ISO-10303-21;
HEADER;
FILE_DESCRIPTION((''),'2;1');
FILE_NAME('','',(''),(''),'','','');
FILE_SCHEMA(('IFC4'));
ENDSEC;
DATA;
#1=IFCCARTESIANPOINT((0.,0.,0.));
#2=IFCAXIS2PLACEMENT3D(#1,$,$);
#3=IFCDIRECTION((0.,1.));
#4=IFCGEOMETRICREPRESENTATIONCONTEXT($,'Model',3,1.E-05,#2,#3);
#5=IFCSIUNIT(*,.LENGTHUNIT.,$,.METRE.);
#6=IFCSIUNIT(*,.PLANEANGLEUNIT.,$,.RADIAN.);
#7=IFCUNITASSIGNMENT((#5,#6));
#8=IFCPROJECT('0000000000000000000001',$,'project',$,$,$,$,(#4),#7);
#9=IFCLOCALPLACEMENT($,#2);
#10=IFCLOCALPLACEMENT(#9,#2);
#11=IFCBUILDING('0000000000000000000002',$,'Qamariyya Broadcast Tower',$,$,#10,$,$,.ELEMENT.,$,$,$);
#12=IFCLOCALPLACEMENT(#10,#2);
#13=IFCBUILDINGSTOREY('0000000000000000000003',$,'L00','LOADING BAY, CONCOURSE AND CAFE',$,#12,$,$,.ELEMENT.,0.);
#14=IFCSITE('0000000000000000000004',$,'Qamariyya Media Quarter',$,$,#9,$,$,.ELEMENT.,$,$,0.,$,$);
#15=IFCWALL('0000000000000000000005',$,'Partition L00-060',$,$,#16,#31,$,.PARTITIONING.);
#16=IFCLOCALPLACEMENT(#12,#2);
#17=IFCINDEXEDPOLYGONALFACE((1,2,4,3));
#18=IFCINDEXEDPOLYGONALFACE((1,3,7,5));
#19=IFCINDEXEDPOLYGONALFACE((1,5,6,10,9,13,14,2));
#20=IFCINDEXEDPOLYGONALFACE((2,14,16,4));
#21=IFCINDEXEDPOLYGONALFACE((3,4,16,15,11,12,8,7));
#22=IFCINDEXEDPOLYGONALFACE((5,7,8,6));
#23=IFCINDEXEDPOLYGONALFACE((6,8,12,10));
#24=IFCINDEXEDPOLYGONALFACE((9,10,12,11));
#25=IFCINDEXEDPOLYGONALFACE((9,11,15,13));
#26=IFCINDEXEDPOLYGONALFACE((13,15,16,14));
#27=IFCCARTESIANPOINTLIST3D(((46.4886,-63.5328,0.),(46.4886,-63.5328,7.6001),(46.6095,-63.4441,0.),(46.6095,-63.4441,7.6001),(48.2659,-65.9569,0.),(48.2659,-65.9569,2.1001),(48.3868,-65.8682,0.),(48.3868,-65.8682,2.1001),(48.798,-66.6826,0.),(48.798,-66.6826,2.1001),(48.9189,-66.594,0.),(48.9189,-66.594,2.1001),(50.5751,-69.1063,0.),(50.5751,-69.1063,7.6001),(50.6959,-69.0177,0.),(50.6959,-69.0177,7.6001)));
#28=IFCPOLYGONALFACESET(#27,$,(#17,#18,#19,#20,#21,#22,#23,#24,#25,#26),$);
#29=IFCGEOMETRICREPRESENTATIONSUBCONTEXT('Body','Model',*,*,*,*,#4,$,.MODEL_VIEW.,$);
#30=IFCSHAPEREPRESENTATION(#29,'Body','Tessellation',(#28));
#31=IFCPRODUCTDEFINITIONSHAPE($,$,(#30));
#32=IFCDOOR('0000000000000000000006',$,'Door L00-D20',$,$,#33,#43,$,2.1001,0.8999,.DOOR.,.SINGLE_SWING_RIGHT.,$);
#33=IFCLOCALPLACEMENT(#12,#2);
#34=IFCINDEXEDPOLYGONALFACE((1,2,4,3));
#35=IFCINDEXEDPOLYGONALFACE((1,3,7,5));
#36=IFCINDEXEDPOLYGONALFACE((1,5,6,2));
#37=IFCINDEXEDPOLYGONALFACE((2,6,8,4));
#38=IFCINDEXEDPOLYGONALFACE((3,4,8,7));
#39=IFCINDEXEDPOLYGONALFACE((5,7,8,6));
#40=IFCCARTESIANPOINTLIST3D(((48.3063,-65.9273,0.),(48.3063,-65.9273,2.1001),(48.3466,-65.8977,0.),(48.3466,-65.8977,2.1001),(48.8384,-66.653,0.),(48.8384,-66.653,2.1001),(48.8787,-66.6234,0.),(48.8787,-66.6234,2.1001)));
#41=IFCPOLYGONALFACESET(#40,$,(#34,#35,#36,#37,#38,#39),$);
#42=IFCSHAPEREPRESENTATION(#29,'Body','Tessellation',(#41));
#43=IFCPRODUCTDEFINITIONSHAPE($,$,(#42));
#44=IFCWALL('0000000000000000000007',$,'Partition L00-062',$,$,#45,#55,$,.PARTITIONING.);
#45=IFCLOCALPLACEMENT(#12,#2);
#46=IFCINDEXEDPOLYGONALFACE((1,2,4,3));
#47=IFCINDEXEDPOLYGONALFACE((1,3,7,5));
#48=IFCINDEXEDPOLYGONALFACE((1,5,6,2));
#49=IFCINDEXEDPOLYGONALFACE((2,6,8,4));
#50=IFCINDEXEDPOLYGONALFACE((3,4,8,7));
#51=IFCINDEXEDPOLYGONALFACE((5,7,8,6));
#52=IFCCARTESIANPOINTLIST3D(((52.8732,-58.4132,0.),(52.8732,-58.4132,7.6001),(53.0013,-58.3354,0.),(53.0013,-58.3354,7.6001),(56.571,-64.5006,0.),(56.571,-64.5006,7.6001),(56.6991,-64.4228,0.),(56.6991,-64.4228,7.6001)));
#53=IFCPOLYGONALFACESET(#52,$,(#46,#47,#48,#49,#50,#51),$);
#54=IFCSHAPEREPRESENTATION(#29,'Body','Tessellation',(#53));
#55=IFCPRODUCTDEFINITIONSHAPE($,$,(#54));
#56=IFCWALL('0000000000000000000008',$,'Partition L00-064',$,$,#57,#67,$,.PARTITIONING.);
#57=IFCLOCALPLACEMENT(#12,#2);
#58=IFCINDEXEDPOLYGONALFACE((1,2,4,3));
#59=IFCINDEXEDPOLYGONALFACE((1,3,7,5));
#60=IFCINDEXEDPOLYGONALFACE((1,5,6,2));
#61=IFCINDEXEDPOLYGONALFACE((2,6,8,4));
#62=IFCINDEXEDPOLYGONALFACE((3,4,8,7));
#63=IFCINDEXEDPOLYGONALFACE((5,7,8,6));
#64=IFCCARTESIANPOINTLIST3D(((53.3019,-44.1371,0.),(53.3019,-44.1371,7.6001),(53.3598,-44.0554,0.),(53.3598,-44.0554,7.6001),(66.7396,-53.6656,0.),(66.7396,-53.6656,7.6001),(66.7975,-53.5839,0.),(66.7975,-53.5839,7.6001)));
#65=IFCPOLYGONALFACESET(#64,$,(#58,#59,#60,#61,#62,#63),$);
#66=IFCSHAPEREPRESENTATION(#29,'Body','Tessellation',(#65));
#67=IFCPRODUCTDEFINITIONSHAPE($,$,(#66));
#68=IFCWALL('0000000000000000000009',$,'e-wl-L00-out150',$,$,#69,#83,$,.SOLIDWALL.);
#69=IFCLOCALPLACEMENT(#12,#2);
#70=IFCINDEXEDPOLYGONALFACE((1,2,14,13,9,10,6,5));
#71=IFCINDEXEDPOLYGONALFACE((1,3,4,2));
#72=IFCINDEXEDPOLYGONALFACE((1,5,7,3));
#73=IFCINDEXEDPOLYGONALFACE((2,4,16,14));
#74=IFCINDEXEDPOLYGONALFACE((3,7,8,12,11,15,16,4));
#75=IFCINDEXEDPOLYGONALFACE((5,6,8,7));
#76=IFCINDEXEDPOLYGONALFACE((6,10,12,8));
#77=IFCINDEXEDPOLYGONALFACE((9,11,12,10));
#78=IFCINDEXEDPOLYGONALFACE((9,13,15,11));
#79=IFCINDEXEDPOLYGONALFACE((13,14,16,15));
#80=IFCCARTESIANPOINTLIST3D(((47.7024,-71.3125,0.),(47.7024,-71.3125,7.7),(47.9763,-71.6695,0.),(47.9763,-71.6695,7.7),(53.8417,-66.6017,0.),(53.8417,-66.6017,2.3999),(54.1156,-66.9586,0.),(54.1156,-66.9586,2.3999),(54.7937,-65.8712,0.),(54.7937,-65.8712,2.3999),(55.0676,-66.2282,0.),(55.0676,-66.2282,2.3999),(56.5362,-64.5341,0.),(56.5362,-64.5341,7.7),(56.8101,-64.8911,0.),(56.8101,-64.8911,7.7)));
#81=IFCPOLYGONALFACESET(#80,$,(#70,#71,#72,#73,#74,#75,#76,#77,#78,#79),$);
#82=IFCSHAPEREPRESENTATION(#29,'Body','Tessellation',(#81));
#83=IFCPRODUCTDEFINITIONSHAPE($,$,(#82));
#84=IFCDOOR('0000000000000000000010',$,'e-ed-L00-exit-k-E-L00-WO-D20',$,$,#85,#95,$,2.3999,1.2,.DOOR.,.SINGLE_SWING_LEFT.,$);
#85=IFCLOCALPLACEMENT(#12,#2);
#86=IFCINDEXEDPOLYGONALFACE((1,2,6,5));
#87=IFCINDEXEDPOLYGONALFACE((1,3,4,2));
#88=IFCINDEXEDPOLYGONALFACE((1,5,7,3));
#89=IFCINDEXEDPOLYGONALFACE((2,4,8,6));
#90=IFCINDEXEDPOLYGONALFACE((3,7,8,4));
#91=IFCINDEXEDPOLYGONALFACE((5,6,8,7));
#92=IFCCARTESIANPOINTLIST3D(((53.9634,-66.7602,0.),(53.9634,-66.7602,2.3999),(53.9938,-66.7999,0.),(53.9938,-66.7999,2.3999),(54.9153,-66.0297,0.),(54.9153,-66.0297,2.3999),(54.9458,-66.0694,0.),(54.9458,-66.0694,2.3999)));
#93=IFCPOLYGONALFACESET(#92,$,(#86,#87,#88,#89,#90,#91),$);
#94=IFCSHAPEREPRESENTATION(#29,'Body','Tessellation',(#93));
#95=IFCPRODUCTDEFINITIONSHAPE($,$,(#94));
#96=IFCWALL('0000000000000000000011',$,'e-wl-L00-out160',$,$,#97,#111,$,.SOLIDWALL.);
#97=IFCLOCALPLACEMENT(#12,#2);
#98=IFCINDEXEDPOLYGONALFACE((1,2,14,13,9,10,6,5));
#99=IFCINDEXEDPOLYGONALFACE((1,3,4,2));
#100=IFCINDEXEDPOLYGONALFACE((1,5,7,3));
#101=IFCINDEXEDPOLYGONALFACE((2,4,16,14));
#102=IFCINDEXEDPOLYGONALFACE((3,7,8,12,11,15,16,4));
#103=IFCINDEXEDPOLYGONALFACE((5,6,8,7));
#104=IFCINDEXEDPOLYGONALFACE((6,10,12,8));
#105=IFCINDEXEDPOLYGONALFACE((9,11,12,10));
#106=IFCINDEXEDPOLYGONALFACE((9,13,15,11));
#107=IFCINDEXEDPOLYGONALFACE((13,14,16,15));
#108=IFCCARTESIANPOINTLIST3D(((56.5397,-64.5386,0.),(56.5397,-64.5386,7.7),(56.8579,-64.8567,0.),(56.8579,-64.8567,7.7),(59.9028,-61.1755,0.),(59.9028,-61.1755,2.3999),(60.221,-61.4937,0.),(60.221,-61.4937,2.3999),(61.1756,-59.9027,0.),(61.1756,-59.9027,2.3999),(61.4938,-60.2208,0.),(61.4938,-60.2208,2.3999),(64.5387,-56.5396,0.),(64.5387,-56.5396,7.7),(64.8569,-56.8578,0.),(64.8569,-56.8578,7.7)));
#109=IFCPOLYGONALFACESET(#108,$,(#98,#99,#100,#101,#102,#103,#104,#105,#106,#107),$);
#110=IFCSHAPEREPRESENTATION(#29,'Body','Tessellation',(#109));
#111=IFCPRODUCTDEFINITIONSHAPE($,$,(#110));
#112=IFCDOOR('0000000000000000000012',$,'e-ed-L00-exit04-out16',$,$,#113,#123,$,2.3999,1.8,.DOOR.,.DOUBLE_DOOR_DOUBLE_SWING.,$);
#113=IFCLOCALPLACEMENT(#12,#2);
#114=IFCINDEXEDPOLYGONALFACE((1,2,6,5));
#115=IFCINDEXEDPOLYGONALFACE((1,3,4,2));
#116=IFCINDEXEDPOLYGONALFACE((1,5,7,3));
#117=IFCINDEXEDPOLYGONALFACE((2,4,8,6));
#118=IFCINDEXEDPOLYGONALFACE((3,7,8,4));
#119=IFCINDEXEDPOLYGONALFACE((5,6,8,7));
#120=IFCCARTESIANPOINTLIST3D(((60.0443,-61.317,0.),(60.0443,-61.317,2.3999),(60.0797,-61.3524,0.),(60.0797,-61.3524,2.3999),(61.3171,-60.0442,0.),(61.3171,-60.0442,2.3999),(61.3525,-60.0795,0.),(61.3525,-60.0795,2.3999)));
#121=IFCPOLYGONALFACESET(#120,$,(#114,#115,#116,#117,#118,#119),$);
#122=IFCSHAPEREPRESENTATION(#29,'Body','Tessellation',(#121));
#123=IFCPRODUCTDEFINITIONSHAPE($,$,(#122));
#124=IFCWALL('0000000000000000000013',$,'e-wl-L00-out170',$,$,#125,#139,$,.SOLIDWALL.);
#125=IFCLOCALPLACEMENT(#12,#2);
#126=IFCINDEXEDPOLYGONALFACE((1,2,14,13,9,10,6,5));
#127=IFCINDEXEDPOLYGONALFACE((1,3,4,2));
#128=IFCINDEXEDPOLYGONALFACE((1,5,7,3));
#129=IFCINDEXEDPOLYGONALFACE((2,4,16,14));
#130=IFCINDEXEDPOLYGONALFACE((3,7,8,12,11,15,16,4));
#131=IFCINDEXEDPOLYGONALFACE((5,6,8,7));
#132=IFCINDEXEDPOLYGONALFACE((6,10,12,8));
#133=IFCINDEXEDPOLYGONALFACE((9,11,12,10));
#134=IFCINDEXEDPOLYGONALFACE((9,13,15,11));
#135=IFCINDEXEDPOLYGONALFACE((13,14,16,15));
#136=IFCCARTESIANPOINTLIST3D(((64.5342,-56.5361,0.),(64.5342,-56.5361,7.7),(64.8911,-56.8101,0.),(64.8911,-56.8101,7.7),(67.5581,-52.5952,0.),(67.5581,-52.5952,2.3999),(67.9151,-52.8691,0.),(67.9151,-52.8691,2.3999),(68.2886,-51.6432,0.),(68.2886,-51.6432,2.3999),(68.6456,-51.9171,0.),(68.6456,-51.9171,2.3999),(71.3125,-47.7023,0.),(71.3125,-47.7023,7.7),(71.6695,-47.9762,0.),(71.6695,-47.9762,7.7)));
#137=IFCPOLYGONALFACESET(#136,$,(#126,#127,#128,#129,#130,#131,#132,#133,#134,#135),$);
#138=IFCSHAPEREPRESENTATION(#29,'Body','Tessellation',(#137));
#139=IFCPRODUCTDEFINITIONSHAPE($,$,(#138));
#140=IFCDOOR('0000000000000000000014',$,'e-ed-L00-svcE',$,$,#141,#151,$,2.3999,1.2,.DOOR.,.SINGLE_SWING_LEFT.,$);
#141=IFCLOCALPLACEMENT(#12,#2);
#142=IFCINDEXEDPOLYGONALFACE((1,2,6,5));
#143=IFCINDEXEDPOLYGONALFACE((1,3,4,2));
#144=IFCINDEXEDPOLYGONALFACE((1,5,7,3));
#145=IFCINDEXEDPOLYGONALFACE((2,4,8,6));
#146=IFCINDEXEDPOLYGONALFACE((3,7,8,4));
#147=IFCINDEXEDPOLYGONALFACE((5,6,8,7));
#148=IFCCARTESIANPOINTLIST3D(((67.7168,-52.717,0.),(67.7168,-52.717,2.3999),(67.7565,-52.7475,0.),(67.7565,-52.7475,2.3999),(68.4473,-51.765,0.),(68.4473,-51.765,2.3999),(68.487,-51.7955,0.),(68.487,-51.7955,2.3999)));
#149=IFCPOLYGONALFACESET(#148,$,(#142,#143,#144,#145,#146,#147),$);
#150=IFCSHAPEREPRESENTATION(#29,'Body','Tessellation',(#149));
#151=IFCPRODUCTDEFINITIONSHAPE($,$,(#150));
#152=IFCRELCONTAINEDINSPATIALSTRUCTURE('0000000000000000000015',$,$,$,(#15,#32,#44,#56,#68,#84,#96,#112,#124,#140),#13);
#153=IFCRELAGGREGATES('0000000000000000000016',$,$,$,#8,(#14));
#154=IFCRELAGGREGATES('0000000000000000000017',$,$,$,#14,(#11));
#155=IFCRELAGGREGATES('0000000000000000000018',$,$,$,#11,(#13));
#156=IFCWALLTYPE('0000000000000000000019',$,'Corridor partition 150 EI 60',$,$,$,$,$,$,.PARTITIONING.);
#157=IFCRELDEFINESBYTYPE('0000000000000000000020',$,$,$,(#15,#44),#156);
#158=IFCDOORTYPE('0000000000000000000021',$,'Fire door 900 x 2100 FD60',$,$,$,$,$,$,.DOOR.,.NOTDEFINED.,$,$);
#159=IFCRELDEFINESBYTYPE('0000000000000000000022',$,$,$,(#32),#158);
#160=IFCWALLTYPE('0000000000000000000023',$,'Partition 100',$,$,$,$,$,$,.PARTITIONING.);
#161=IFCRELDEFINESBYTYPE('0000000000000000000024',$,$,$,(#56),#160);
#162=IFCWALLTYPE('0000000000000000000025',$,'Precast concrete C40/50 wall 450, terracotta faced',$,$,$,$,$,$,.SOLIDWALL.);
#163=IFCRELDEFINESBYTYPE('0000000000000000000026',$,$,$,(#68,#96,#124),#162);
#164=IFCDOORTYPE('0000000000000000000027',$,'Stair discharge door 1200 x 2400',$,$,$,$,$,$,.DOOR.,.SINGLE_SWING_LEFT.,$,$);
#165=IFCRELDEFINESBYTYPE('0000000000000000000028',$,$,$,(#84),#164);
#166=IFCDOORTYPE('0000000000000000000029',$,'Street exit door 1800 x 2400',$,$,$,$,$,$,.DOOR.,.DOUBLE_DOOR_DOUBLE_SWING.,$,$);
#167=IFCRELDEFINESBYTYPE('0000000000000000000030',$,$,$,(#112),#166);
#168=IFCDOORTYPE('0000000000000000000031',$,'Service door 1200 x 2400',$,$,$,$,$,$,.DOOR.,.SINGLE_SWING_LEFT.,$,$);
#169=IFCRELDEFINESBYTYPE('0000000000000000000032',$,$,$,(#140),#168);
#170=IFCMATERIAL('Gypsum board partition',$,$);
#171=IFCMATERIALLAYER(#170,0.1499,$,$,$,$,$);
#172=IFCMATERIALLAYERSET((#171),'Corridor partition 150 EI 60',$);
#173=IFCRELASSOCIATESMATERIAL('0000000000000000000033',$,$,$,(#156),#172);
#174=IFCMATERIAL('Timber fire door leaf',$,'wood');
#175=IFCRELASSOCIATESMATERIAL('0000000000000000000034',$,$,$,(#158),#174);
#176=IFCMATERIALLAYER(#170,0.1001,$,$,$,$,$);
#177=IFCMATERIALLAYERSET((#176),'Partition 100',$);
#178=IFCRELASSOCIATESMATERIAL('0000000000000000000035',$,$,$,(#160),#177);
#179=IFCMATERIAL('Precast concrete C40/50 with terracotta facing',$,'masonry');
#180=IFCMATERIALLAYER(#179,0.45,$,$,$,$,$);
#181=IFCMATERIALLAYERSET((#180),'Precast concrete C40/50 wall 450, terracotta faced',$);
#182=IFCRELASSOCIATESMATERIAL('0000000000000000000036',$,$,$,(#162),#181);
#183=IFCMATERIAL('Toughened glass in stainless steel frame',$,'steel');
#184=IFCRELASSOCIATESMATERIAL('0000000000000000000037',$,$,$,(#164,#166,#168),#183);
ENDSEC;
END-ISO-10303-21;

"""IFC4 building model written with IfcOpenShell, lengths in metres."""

from ifc_helpers import new_model, si_unit, direction, frame, frame_2d, origin, place, context, subcontext, project, spatial, rectangle, extrude, material, layer, layer_set, type_object, element, fill, save


model = new_model("IFC4")

# Units and contexts
model_context = context("Model", 3, precision=1e-05, world=origin(), true_north=direction((0.0, 1.0)))
body_context = subcontext(model_context, "Body", "Model", "MODEL_VIEW")
ifc_project = project(units=[si_unit("LENGTHUNIT", "METRE"), si_unit("PLANEANGLEUNIT", "RADIAN")], contexts=[model_context])

# Site, building, storey
site_placement = place(None, origin())
site = spatial("IfcSite", under=ifc_project, at=site_placement, Name="Qamariyya Media Quarter", CompositionType="ELEMENT", RefElevation=0.0)
building_placement = place(site_placement, origin())
building = spatial("IfcBuilding", under=site, at=building_placement, Name="Qamariyya Broadcast Tower", CompositionType="ELEMENT")
storey_placement = place(building_placement, origin())
storey = spatial("IfcBuildingStorey", under=building, at=storey_placement, Name="L00", Description="LOADING BAY, CONCOURSE AND CAFE", CompositionType="ELEMENT", Elevation=0.0)

# Wall, opening, door
ifc_material_1 = material(Name="Gypsum board partition")
ifc_layer_1 = layer(ifc_material_1, 0.1499)
ifc_layer_set_1 = layer_set([ifc_layer_1], Name="Corridor partition 150 EI 60")
wall_type_1 = type_object("IfcWallType", Name="Corridor partition 150 EI 60", PredefinedType="PARTITIONING", material=ifc_layer_set_1)
wall_1_placement = place(storey_placement, frame((50.6355, -69.062, 0.0), z_axis=(0.0, 0.0, 1.0), x_axis=(-0.591289, 0.80646, 0.0)))
wall_1 = element("IfcWall", 1, at=wall_1_placement, inside=storey, type_object=wall_type_1, Name="Partition L00-060", PredefinedType="PARTITIONING", context=body_context, shape_type="SweptSolid", body=[
    extrude(rectangle(XDim=6.9111, YDim=0.1499, at=frame_2d((3.4556, 0.0))), origin(), (0.0, 0.0, 1.0), 7.6001),
])
opening_1_placement = place(wall_1_placement, frame((3.0054, 0.0, 0.0)))
opening_1 = element("IfcOpeningElement", 2, at=opening_1_placement, cuts=wall_1, PredefinedType="OPENING", context=body_context, shape_type="SweptSolid", body=[
    extrude(rectangle(XDim=0.8999, YDim=2.1001, at=frame_2d((0.45, 1.05))), frame((0.0, 0.085, 0.0), z_axis=(0.0, -1.0, 0.0), x_axis=(1.0, 0.0, 0.0)), (0.0, 0.0, 1.0), 0.1699),
])
ifc_material_2 = material(Name="Timber fire door leaf", Category="wood")
door_type_1 = type_object("IfcDoorType", Name="Fire door 900 x 2100 FD60", OperationType="NOTDEFINED", PredefinedType="DOOR", material=ifc_material_2)
door_1_placement = place(opening_1_placement, origin())
door_1 = element("IfcDoor", 3, at=door_1_placement, inside=storey, type_object=door_type_1, Name="Door L00-D20", OperationType="SINGLE_SWING_RIGHT", OverallHeight=2.1001, OverallWidth=0.8999, PredefinedType="DOOR", context=body_context, shape_type="SweptSolid", body=[
    extrude(rectangle(XDim=0.8999, YDim=2.1001, at=frame_2d((0.45, 1.05))), frame((0.0, 0.0249, 0.0), z_axis=(0.0, -1.0, 0.0), x_axis=(1.0, 0.0, 0.0)), (0.0, 0.0, 1.0), 0.05),
])
fill(opening_1, door_1)

# Walls
wall_2_placement = place(storey_placement, frame((52.9373, -58.3743, 0.0), z_axis=(0.0, 0.0, 1.0), x_axis=(0.519166, -0.854673, 0.0)))
element("IfcWall", 4, at=wall_2_placement, inside=storey, type_object=wall_type_1, Name="Partition L00-062", PredefinedType="PARTITIONING", context=body_context, shape_type="SweptSolid", body=[
    extrude(rectangle(XDim=7.1226, YDim=0.1499, at=frame_2d((3.5613, 0.0))), origin(), (0.0, 0.0, 1.0), 7.6001),
])
ifc_layer_2 = layer(ifc_material_1, 0.1001)
ifc_layer_set_2 = layer_set([ifc_layer_2], Name="Partition 100")
wall_type_2 = type_object("IfcWallType", Name="Partition 100", PredefinedType="PARTITIONING", material=ifc_layer_set_2)
wall_3_placement = place(storey_placement, frame((66.7686, -53.6248, 0.0), z_axis=(0.0, 0.0, 1.0), x_axis=(-0.815733, 0.578428, 0.0)))
element("IfcWall", 5, at=wall_3_placement, inside=storey, type_object=wall_type_2, Name="Partition L00-064", PredefinedType="PARTITIONING", context=body_context, shape_type="SweptSolid", body=[
    extrude(rectangle(XDim=16.4731, YDim=0.1001, at=frame_2d((8.2366, 0.0))), origin(), (0.0, 0.0, 1.0), 7.6001),
])

# Walls, openings, doors
ifc_material_3 = material(Name="Precast concrete C40/50 with terracotta facing", Category="masonry")
ifc_layer_3 = layer(ifc_material_3, 0.45)
ifc_layer_set_3 = layer_set([ifc_layer_3], Name="Precast concrete C40/50 wall 450, terracotta faced")
wall_type_3 = type_object("IfcWallType", Name="Precast concrete C40/50 wall 450, terracotta faced", PredefinedType="SOLIDWALL", material=ifc_layer_set_3)
wall_4_placement = place(storey_placement, frame((47.8394, -71.491, 0.0), z_axis=(0.0, 0.0, 1.0), x_axis=(0.793355, 0.608759, 0.0)))
wall_4 = element("IfcWall", 6, at=wall_4_placement, inside=storey, type_object=wall_type_3, Name="e-wl-L00-out150", PredefinedType="SOLIDWALL", context=body_context, shape_type="SweptSolid", body=[
    extrude(rectangle(XDim=11.1348, YDim=0.45, at=frame_2d((5.5674, 0.0))), origin(), (0.0, 0.0, 1.0), 7.7),
])
opening_2_placement = place(wall_4_placement, frame((8.9385, 0.0, 0.0), z_axis=(0.0, 0.0, 1.0), x_axis=(-1.0, 0.0, 0.0)))
opening_2 = element("IfcOpeningElement", 7, at=opening_2_placement, cuts=wall_4, PredefinedType="OPENING", context=body_context, shape_type="SweptSolid", body=[
    extrude(rectangle(XDim=1.2, YDim=2.3999, at=frame_2d((0.6001, 1.2))), frame((0.0, 0.2349, 0.0), z_axis=(0.0, -1.0, 0.0), x_axis=(1.0, 0.0, 0.0)), (0.0, 0.0, 1.0), 0.47),
])
ifc_material_4 = material(Name="Toughened glass in stainless steel frame", Category="steel")
door_type_2 = type_object("IfcDoorType", Name="Stair discharge door 1200 x 2400", OperationType="SINGLE_SWING_LEFT", PredefinedType="DOOR", material=ifc_material_4)
door_2_placement = place(opening_2_placement, origin())
door_2 = element("IfcDoor", 8, at=door_2_placement, inside=storey, type_object=door_type_2, Name="e-ed-L00-exit-k-E-L00-WO-D20", OperationType="SINGLE_SWING_LEFT", OverallHeight=2.3999, OverallWidth=1.2, PredefinedType="DOOR", context=body_context, shape_type="SweptSolid", body=[
    extrude(rectangle(XDim=1.2, YDim=2.3999, at=frame_2d((0.6001, 1.2))), frame((0.0, 0.0249, 0.0), z_axis=(0.0, -1.0, 0.0), x_axis=(1.0, 0.0, 0.0)), (0.0, 0.0, 1.0), 0.05),
])
fill(opening_2, door_2)
wall_5_placement = place(storey_placement, frame((56.6987, -64.6978, 0.0), z_axis=(0.0, 0.0, 1.0), x_axis=(0.707107, 0.707107, 0.0)))
wall_5 = element("IfcWall", 9, at=wall_5_placement, inside=storey, type_object=wall_type_3, Name="e-wl-L00-out160", PredefinedType="SOLIDWALL", context=body_context, shape_type="SweptSolid", body=[
    extrude(rectangle(XDim=11.3123, YDim=0.45, at=frame_2d((5.6562, 0.0))), origin(), (0.0, 0.0, 1.0), 7.7),
])
opening_3_placement = place(wall_5_placement, frame((4.7563, 0.0, 0.0)))
opening_3 = element("IfcOpeningElement", 10, at=opening_3_placement, cuts=wall_5, PredefinedType="OPENING", context=body_context, shape_type="SweptSolid", body=[
    extrude(rectangle(XDim=1.8, YDim=2.3999, at=frame_2d((0.8999, 1.2))), frame((0.0, 0.2349, 0.0), z_axis=(0.0, -1.0, 0.0), x_axis=(1.0, 0.0, 0.0)), (0.0, 0.0, 1.0), 0.47),
])
door_type_3 = type_object("IfcDoorType", Name="Street exit door 1800 x 2400", OperationType="DOUBLE_DOOR_DOUBLE_SWING", PredefinedType="DOOR", material=ifc_material_4)
door_3_placement = place(opening_3_placement, origin())
door_3 = element("IfcDoor", 11, at=door_3_placement, inside=storey, type_object=door_type_3, Name="e-ed-L00-exit04-out16", OperationType="DOUBLE_DOOR_DOUBLE_SWING", OverallHeight=2.3999, OverallWidth=1.8, PredefinedType="DOOR", context=body_context, shape_type="SweptSolid", body=[
    extrude(rectangle(XDim=1.8, YDim=2.3999, at=frame_2d((0.8999, 1.2))), frame((0.0, 0.0249, 0.0), z_axis=(0.0, -1.0, 0.0), x_axis=(1.0, 0.0, 0.0)), (0.0, 0.0, 1.0), 0.05),
])
fill(opening_3, door_3)
wall_6_placement = place(storey_placement, frame((64.7126, -56.6731, 0.0), z_axis=(0.0, 0.0, 1.0), x_axis=(0.608759, 0.793355, 0.0)))
wall_6 = element("IfcWall", 12, at=wall_6_placement, inside=storey, type_object=wall_type_3, Name="e-wl-L00-out170", PredefinedType="SOLIDWALL", context=body_context, shape_type="SweptSolid", body=[
    extrude(rectangle(XDim=11.1348, YDim=0.45, at=frame_2d((5.5674, 0.0))), origin(), (0.0, 0.0, 1.0), 7.7),
])
opening_4_placement = place(wall_6_placement, frame((4.9673, 0.0, 0.0)))
opening_4 = element("IfcOpeningElement", 13, at=opening_4_placement, cuts=wall_6, PredefinedType="OPENING", context=body_context, shape_type="SweptSolid", body=[
    extrude(rectangle(XDim=1.2, YDim=2.3999, at=frame_2d((0.6001, 1.2))), frame((0.0, 0.2349, 0.0), z_axis=(0.0, -1.0, 0.0), x_axis=(1.0, 0.0, 0.0)), (0.0, 0.0, 1.0), 0.47),
])
door_type_4 = type_object("IfcDoorType", Name="Service door 1200 x 2400", OperationType="SINGLE_SWING_LEFT", PredefinedType="DOOR", material=ifc_material_4)
door_4_placement = place(opening_4_placement, origin())
door_4 = element("IfcDoor", 14, at=door_4_placement, inside=storey, type_object=door_type_4, Name="e-ed-L00-svcE", OperationType="SINGLE_SWING_LEFT", OverallHeight=2.3999, OverallWidth=1.2, PredefinedType="DOOR", context=body_context, shape_type="SweptSolid", body=[
    extrude(rectangle(XDim=1.2, YDim=2.3999, at=frame_2d((0.6001, 1.2))), frame((0.0, 0.0249, 0.0), z_axis=(0.0, -1.0, 0.0), x_axis=(1.0, 0.0, 0.0)), (0.0, 0.0, 1.0), 0.05),
])
fill(opening_4, door_4)

save(model, "model.ifc")
